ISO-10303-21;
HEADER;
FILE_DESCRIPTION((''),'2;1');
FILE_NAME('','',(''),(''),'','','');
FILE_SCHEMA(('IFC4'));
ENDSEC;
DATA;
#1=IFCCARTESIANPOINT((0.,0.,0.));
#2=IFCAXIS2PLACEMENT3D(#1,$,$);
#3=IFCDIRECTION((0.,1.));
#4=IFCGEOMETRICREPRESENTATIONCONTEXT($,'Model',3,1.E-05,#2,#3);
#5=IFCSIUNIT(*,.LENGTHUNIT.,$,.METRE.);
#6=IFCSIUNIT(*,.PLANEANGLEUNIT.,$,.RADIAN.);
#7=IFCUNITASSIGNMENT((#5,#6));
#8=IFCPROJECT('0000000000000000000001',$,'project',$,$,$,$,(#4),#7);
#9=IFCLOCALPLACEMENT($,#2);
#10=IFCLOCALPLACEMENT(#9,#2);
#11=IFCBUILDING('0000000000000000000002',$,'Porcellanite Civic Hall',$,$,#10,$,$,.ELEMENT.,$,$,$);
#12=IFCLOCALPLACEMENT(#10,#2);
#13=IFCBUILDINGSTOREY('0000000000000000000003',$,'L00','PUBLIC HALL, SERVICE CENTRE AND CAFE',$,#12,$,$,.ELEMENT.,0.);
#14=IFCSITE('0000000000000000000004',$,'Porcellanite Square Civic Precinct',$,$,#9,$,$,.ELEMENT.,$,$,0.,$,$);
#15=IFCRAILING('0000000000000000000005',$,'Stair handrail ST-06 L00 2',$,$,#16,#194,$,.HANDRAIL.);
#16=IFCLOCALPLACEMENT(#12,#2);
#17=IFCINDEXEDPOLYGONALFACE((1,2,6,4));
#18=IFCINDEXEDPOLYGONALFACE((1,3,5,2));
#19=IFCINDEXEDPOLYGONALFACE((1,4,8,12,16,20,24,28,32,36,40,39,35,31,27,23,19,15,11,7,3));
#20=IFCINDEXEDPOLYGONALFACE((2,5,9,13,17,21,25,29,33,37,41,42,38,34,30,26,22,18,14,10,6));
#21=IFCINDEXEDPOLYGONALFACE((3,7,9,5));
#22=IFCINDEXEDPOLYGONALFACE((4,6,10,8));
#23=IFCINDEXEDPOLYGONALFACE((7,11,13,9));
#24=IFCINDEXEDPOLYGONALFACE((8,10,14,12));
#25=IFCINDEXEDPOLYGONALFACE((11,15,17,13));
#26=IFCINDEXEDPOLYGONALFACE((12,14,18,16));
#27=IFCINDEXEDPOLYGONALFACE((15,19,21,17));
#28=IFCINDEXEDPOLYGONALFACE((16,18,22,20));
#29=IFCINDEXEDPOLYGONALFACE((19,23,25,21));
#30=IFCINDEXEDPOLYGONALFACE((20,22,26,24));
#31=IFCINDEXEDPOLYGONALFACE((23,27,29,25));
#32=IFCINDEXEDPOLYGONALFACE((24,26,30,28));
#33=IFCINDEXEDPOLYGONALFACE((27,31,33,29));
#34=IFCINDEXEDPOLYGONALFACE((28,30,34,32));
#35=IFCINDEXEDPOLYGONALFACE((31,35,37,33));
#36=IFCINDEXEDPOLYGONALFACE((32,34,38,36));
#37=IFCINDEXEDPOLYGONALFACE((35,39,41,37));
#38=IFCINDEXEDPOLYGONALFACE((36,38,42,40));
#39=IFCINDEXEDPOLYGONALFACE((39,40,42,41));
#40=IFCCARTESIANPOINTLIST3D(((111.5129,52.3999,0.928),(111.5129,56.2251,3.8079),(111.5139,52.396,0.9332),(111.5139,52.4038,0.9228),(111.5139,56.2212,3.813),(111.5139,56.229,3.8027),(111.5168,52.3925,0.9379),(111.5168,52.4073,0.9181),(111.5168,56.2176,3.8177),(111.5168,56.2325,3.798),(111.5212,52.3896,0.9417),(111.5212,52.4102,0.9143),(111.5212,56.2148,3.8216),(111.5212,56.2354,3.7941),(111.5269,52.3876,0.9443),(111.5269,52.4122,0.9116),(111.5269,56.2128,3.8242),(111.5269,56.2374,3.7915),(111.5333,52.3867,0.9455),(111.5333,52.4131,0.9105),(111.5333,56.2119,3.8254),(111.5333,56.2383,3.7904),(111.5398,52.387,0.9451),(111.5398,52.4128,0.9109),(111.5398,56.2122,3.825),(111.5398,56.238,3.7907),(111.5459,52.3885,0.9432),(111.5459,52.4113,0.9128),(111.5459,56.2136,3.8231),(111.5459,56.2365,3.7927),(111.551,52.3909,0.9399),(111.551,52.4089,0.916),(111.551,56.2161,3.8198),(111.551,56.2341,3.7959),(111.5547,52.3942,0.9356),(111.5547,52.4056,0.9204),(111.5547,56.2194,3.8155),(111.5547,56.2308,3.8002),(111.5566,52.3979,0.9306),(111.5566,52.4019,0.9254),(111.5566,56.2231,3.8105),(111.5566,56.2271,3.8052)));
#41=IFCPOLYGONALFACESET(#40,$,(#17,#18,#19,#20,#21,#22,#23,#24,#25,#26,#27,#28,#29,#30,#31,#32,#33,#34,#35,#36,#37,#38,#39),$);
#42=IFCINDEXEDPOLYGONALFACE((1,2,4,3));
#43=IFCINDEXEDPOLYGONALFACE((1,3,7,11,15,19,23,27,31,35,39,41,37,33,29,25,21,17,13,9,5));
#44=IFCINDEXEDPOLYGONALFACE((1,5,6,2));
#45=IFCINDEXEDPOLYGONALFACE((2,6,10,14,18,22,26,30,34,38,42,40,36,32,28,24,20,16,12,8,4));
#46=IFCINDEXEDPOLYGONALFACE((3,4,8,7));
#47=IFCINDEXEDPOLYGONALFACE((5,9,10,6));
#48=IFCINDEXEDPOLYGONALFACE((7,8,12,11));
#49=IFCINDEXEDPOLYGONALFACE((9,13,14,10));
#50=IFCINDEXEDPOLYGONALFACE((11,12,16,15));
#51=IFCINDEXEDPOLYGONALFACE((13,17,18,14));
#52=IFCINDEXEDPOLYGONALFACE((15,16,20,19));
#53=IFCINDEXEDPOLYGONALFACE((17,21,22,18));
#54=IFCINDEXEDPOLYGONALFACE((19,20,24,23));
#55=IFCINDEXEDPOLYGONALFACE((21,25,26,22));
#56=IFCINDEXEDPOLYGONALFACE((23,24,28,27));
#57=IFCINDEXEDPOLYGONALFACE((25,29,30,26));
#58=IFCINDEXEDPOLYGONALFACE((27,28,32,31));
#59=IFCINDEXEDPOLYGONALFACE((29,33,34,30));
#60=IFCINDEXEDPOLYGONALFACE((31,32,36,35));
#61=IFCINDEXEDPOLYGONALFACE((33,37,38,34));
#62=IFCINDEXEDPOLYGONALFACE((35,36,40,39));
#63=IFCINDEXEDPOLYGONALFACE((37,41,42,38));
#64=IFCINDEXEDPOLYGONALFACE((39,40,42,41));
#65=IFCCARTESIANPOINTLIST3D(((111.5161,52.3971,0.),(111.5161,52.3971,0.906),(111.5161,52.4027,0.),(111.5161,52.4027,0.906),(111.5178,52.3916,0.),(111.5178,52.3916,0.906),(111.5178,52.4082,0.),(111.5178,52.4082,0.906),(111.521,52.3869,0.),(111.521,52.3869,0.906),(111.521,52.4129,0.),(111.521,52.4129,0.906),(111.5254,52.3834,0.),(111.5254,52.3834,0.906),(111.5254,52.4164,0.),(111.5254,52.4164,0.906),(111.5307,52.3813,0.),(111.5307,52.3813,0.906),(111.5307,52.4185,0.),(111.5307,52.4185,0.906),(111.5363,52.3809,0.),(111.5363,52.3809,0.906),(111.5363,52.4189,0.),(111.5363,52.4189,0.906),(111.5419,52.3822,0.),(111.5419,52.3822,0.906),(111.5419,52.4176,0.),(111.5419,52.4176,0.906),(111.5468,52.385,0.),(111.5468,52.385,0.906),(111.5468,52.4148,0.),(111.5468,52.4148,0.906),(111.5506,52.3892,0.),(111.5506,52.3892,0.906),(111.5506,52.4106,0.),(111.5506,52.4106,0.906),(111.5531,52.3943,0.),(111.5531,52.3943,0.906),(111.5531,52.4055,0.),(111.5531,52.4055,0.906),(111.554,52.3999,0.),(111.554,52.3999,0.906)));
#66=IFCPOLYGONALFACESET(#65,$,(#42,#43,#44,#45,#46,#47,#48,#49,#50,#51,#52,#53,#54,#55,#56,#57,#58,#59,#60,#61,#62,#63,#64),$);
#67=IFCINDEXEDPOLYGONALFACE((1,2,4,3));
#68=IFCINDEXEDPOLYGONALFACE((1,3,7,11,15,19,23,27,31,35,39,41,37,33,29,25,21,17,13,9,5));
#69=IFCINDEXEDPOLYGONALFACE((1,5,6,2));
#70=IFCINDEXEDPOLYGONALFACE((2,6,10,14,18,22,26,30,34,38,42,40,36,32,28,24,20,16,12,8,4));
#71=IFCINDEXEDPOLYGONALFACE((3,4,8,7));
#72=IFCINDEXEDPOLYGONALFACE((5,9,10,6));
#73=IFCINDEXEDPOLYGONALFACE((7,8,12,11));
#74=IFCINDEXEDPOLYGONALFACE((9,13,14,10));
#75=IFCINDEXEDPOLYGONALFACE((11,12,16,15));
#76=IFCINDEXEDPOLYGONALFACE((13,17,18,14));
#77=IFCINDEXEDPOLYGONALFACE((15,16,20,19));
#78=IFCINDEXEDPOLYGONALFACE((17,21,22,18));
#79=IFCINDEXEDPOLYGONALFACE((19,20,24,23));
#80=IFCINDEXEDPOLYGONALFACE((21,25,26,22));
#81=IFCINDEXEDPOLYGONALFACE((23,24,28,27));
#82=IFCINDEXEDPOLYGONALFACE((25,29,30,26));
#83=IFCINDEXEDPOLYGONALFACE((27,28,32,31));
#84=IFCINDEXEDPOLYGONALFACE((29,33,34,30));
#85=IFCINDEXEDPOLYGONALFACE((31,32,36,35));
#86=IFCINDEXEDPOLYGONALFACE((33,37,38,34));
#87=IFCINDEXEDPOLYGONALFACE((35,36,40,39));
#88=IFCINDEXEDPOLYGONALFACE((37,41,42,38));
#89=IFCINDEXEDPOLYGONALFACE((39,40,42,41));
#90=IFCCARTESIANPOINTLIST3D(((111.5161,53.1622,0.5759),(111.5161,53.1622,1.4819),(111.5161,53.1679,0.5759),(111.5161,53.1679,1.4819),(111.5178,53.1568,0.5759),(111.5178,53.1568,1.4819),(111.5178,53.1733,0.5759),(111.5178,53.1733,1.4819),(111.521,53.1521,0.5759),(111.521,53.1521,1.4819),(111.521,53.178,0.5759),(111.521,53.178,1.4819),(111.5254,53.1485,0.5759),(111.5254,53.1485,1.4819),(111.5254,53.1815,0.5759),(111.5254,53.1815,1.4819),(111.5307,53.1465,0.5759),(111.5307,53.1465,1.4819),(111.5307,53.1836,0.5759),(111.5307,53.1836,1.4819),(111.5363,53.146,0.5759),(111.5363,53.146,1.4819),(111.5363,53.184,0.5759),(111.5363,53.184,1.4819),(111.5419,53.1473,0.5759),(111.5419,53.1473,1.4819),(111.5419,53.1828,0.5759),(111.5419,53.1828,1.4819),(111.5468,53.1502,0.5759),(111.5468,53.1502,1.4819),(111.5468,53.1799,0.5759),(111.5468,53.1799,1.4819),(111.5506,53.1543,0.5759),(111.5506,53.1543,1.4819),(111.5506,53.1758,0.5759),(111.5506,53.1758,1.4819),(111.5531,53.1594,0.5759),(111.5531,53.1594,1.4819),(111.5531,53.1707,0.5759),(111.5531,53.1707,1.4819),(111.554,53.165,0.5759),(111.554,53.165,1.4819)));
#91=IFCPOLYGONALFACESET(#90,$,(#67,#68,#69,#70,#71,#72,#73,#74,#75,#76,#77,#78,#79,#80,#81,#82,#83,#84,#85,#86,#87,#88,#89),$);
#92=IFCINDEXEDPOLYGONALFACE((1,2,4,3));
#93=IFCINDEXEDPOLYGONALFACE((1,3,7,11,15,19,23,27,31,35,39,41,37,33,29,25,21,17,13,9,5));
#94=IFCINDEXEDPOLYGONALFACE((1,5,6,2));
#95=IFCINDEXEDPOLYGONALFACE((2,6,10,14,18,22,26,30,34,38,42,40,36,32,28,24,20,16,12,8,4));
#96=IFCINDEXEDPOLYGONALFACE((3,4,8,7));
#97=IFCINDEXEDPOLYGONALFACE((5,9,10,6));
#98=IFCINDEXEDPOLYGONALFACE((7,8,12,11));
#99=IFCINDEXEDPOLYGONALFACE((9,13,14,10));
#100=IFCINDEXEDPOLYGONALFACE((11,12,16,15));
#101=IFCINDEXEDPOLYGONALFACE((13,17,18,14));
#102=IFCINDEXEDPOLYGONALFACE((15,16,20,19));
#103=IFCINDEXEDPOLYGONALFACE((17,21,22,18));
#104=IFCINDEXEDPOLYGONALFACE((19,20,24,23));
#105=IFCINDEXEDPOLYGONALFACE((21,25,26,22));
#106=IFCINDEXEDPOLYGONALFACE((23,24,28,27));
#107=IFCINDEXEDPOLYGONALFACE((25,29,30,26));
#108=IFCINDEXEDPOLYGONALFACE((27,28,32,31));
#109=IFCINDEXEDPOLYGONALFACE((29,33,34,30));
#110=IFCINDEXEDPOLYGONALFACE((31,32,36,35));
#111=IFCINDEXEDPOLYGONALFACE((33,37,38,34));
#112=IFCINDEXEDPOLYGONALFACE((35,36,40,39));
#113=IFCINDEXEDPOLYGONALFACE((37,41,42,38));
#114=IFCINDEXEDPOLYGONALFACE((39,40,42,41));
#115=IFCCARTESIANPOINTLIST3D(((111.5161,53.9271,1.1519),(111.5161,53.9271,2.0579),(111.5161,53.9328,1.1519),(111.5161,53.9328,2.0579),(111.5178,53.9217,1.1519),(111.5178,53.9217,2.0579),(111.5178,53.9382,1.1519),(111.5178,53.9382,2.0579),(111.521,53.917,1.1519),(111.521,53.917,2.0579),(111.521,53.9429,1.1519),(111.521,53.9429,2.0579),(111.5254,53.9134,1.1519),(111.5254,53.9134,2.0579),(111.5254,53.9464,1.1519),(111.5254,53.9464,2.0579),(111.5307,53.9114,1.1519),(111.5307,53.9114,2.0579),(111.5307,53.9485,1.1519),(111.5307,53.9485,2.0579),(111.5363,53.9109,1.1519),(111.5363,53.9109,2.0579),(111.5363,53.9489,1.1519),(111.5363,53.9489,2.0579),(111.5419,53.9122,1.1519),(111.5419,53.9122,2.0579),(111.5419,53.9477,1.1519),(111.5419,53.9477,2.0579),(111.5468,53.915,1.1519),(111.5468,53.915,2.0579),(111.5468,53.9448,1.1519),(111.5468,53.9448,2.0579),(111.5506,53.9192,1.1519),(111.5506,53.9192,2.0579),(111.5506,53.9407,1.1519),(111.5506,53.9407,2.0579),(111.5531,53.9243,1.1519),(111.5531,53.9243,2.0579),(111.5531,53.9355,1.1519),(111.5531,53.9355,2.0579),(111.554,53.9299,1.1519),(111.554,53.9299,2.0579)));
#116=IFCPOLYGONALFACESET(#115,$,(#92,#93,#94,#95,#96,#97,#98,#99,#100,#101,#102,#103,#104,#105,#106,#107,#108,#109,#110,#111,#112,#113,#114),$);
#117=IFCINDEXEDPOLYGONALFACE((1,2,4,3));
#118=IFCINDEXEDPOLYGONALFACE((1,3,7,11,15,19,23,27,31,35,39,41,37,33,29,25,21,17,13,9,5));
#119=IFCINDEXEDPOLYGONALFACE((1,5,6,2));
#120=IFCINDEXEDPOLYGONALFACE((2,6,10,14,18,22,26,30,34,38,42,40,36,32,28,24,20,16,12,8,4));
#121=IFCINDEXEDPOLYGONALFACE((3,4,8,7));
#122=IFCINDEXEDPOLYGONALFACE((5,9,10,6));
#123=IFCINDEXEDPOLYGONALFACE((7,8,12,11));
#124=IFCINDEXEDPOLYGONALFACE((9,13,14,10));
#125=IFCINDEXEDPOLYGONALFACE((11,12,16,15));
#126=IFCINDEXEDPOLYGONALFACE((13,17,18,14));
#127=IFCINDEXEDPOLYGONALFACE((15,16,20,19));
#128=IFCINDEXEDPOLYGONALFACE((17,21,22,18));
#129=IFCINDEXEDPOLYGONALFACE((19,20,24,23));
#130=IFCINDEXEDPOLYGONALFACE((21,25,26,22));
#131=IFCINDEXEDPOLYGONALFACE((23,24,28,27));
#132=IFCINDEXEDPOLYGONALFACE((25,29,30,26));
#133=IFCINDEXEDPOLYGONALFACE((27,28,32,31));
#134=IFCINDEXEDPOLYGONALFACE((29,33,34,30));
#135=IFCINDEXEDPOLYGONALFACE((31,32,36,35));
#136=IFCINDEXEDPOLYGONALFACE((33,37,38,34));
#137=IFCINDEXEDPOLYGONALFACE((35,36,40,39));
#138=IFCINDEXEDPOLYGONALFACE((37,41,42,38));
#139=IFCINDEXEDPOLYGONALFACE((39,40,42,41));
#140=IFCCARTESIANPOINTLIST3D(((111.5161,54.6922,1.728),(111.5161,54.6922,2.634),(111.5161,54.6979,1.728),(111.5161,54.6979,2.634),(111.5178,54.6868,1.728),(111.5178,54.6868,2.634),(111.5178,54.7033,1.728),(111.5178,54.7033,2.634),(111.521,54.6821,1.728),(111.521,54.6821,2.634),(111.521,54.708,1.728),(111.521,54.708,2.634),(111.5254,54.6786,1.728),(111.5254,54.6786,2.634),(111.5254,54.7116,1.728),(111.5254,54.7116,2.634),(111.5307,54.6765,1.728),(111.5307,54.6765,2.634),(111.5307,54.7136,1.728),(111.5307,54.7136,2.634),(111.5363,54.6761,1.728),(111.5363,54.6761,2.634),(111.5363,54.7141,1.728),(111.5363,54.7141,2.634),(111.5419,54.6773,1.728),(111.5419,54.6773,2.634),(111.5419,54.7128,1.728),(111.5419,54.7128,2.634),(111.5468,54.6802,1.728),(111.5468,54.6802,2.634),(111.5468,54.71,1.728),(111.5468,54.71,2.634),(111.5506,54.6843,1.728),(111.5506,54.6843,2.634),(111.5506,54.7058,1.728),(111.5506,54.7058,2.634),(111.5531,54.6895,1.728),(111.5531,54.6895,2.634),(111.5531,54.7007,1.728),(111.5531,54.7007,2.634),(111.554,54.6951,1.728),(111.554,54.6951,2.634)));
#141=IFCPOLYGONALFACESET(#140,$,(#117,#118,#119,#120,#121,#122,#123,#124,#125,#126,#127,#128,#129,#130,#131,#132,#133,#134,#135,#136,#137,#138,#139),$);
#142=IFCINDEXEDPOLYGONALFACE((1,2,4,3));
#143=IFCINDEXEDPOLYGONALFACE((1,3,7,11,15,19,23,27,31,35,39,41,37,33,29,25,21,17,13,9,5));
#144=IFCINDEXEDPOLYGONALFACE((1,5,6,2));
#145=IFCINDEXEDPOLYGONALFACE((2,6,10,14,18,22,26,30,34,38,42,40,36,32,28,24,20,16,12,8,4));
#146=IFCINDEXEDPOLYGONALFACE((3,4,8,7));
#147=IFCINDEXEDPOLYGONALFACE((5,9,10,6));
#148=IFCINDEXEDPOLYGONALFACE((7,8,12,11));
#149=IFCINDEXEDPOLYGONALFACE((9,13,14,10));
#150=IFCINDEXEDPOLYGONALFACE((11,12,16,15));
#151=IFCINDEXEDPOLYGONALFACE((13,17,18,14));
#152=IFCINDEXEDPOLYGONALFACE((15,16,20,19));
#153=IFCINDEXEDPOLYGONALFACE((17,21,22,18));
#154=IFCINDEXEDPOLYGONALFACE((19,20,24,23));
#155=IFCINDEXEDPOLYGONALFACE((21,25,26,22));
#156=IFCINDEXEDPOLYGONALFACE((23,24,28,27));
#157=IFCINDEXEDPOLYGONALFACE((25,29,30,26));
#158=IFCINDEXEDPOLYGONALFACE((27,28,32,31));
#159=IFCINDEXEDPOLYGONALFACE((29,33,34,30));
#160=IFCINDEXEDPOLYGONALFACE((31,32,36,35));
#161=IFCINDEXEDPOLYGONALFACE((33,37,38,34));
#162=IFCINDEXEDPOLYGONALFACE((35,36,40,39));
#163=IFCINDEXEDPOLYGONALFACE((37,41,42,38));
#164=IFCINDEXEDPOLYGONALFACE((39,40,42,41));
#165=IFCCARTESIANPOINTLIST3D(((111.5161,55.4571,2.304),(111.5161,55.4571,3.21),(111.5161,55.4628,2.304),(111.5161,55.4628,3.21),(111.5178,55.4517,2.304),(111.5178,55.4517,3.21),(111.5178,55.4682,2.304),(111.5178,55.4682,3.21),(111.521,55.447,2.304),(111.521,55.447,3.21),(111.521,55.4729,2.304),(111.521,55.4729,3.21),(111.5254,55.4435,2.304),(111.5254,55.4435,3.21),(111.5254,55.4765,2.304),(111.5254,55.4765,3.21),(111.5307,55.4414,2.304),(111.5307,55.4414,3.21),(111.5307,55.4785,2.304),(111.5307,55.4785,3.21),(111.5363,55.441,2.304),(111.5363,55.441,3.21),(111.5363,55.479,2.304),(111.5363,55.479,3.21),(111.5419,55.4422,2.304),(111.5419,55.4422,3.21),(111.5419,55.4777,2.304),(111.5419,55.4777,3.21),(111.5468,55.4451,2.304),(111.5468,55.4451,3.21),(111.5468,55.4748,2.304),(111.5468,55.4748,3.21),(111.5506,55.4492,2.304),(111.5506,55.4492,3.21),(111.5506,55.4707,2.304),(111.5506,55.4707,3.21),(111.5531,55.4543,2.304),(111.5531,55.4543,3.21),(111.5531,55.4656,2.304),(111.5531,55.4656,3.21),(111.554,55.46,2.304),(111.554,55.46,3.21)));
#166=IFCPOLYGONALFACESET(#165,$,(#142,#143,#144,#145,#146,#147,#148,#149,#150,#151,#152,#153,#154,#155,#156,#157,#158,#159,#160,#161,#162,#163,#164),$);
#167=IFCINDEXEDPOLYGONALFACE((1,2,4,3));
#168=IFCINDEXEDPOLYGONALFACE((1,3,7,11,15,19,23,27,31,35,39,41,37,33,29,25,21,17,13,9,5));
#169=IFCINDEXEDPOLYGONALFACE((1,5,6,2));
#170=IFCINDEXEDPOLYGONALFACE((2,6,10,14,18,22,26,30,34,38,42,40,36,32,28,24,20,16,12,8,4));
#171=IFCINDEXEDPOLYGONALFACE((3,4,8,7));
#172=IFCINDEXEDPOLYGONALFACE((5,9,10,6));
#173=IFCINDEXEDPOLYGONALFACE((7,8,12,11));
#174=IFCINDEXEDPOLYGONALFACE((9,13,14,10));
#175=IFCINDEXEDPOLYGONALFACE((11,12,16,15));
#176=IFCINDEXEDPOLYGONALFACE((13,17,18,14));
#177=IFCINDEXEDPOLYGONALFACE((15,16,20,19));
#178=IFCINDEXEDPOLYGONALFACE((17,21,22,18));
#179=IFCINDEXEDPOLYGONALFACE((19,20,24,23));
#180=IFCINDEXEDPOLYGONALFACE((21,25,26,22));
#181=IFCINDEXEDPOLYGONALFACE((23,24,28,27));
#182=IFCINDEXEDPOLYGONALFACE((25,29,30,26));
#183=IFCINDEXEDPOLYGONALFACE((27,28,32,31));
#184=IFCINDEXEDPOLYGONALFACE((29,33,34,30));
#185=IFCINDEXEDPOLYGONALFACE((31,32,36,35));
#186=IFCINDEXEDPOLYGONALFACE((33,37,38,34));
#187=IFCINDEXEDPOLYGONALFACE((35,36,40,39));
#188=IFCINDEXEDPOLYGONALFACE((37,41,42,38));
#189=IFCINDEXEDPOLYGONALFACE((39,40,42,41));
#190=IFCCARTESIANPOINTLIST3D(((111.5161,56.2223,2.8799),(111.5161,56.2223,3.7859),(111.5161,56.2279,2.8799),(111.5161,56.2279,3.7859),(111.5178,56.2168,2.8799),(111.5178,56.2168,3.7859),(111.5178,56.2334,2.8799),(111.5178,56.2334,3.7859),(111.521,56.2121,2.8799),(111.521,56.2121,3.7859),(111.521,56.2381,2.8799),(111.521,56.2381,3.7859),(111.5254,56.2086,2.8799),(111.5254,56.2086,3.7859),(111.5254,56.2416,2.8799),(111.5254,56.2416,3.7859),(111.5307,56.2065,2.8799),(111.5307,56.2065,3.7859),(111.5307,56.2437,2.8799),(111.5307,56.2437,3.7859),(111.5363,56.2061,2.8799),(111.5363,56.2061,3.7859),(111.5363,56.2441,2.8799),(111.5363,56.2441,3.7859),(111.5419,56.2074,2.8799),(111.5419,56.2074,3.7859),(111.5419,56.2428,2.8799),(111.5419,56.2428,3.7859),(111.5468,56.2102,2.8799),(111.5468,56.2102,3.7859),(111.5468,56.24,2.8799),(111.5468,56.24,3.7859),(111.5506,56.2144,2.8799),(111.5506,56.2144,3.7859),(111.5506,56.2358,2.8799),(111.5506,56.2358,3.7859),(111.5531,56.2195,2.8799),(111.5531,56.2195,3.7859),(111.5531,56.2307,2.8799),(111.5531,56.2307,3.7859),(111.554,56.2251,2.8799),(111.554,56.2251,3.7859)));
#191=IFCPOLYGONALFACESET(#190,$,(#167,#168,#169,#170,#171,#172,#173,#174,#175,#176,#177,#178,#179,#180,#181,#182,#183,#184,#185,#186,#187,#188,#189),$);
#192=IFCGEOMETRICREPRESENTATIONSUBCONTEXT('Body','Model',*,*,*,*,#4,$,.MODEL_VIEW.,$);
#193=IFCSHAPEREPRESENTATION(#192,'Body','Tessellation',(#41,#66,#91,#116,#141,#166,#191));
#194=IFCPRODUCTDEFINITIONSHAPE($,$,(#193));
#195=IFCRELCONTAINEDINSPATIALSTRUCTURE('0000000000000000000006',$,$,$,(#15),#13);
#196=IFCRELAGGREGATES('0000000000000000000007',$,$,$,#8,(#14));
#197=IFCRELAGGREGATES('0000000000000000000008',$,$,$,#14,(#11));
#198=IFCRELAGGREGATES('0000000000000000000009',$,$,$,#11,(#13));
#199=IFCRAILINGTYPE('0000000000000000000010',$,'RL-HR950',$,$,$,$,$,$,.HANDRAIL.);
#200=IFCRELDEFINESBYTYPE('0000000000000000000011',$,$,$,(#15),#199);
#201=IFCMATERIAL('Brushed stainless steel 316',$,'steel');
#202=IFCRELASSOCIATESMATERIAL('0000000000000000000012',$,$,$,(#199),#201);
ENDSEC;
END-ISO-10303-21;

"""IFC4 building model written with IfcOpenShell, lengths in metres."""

from ifc_helpers import new_model, si_unit, direction, frame, origin, origin_2d, place, context, subcontext, project, spatial, circle, extrude, material, type_object, element, save


model = new_model("IFC4")

# Units and contexts
model_context = context("Model", 3, precision=1e-05, world=origin(), true_north=direction((0.0, 1.0)))
body_context = subcontext(model_context, "Body", "Model", "MODEL_VIEW")
ifc_project = project(units=[si_unit("LENGTHUNIT", "METRE"), si_unit("PLANEANGLEUNIT", "RADIAN")], contexts=[model_context])

# Site, building, storey
site_placement = place(None, origin())
site = spatial("IfcSite", under=ifc_project, at=site_placement, Name="Porcellanite Square Civic Precinct", CompositionType="ELEMENT", RefElevation=0.0)
building_placement = place(site_placement, origin())
building = spatial("IfcBuilding", under=site, at=building_placement, Name="Porcellanite Civic Hall", CompositionType="ELEMENT")
storey_placement = place(building_placement, origin())
storey = spatial("IfcBuildingStorey", under=building, at=storey_placement, Name="L00", Description="PUBLIC HALL, SERVICE CENTRE AND CAFE", CompositionType="ELEMENT", Elevation=0.0)

# Railing
ifc_material_1 = material(Name="Brushed stainless steel 316", Category="steel")
railing_type_1 = type_object("IfcRailingType", Name="RL-HR950", PredefinedType="HANDRAIL", material=ifc_material_1)
railing_1_placement = place(storey_placement, frame((111.5349, 52.3999, 0.0)))
element("IfcRailing", 1, at=railing_1_placement, inside=storey, type_object=railing_type_1, Name="Stair handrail ST-06 L00 2", PredefinedType="HANDRAIL", context=body_context, shape_type="SweptSolid", body=[
    extrude(circle(Radius=0.022, at=origin_2d()), frame((0.0, 0.0, 0.928), z_axis=(0.0, 0.798897, 0.601467), x_axis=(-1.0, 0.0, 0.0)), (0.0, 0.0, 1.0), 4.7881),
    extrude(circle(Radius=0.019, at=origin_2d()), origin(), (0.0, 0.0, 1.0), 0.906),
    extrude(circle(Radius=0.019, at=origin_2d()), frame((0.0, 0.7651, 0.5759)), (0.0, 0.0, 1.0), 0.906),
    extrude(circle(Radius=0.019, at=origin_2d()), frame((0.0, 1.53, 1.1519)), (0.0, 0.0, 1.0), 0.906),
    extrude(circle(Radius=0.019, at=origin_2d()), frame((0.0, 2.2952, 1.728)), (0.0, 0.0, 1.0), 0.906),
    extrude(circle(Radius=0.019, at=origin_2d()), frame((0.0, 3.0601, 2.304)), (0.0, 0.0, 1.0), 0.906),
    extrude(circle(Radius=0.019, at=origin_2d()), frame((0.0, 3.8252, 2.8799)), (0.0, 0.0, 1.0), 0.906),
])

save(model, "model.ifc")
